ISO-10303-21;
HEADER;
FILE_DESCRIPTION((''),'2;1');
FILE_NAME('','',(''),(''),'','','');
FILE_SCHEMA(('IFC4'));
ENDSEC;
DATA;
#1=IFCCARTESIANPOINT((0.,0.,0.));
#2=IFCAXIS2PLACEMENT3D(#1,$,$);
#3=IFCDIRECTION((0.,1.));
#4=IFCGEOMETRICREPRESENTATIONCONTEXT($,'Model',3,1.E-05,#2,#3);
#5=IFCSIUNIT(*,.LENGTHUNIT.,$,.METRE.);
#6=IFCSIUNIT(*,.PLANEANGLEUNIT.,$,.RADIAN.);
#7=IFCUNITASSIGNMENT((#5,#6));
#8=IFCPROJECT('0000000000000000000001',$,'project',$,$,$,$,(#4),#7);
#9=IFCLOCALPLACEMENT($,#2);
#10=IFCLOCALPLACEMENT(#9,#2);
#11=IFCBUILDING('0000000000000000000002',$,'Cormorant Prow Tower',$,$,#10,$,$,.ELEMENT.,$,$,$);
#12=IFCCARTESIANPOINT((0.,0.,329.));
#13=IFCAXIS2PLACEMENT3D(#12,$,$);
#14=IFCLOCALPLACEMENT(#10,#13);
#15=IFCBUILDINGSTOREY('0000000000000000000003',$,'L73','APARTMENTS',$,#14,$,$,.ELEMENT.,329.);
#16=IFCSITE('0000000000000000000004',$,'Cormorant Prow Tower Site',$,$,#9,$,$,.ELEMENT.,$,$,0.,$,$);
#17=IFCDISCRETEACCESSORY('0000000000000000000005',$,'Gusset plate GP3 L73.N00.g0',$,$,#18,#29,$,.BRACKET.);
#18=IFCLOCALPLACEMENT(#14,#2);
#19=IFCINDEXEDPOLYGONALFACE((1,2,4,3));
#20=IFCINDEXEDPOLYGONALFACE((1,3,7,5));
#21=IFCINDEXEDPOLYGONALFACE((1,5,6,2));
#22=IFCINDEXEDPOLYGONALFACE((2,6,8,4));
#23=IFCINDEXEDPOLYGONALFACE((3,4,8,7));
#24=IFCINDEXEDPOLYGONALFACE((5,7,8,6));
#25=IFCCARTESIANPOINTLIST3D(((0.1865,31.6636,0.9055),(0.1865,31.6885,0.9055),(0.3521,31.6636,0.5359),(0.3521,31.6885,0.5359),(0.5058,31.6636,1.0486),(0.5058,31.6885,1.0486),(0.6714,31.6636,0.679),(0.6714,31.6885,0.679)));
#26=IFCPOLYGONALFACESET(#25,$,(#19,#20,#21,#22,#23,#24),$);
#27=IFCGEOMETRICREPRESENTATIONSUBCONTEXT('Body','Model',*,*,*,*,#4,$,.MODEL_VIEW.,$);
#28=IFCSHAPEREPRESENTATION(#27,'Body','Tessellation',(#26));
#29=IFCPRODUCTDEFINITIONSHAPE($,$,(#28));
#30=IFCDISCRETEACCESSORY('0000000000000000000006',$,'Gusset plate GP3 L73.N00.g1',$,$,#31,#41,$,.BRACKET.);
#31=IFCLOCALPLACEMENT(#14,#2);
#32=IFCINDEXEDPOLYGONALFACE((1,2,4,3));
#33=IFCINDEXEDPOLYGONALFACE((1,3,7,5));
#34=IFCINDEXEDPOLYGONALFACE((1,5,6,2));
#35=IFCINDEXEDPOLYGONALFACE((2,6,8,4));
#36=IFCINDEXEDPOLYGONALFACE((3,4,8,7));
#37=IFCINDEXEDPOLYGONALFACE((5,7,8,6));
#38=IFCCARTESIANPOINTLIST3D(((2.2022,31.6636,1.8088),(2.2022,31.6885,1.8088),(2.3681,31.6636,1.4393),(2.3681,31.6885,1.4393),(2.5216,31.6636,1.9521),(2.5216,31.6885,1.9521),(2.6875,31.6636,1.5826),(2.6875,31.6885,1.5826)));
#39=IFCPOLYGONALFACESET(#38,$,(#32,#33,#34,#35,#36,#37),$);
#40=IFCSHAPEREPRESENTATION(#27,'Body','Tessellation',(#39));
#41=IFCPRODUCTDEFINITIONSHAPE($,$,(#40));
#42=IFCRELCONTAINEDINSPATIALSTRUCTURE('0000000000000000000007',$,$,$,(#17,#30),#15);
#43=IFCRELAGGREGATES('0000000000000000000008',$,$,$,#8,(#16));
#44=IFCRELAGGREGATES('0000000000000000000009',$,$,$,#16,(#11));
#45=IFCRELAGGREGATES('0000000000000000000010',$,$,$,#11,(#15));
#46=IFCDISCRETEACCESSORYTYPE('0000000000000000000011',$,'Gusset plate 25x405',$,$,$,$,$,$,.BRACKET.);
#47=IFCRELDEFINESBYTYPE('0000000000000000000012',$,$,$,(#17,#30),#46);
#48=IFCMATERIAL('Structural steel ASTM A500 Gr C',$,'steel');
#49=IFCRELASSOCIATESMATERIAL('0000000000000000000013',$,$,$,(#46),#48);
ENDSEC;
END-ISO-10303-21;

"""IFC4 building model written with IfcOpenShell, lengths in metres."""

from ifc_helpers import new_model, si_unit, direction, frame, origin, origin_2d, place, context, subcontext, project, spatial, rectangle, extrude, material, material_profile, profile_set, type_object, element, save


model = new_model("IFC4")

# Units and contexts
model_context = context("Model", 3, precision=1e-05, world=origin(), true_north=direction((0.0, 1.0)))
body_context = subcontext(model_context, "Body", "Model", "MODEL_VIEW")
ifc_project = project(units=[si_unit("LENGTHUNIT", "METRE"), si_unit("PLANEANGLEUNIT", "RADIAN")], contexts=[model_context])

# Site, building, storey
site_placement = place(None, origin())
site = spatial("IfcSite", under=ifc_project, at=site_placement, Name="Cormorant Prow Tower Site", CompositionType="ELEMENT", RefElevation=0.0)
building_placement = place(site_placement, origin())
building = spatial("IfcBuilding", under=site, at=building_placement, Name="Cormorant Prow Tower", CompositionType="ELEMENT")
storey_placement = place(building_placement, frame((0.0, 0.0, 329.0)))
storey = spatial("IfcBuildingStorey", under=building, at=storey_placement, Name="L73", Description="APARTMENTS", CompositionType="ELEMENT", Elevation=329.0)

# Discrete accessories
ifc_material_1 = material(Name="Structural steel ASTM A500 Gr C", Category="steel")
ifc_material_profile_1 = material_profile(ifc_material_1, rectangle(XDim=0.0249, YDim=0.405, at=origin_2d()), Name="Gusset plate 25x405")
ifc_profile_set_1 = profile_set([ifc_material_profile_1], Name="Structural steel ASTM A500 Gr C")
discrete_accessory_type = type_object("IfcDiscreteAccessoryType", Name="Gusset plate 25x405", PredefinedType="BRACKET", material=ifc_profile_set_1)
discrete_accessory_1_placement = place(storey_placement, frame((0.5886, 31.676, 0.8638), z_axis=(-0.912599, 0.0, -0.408856), x_axis=(0.0, -1.0, 0.0)))
element("IfcDiscreteAccessory", 1, at=discrete_accessory_1_placement, inside=storey, type_object=discrete_accessory_type, Name="Gusset plate GP3 L73.N00.g0", PredefinedType="BRACKET", context=body_context, shape_type="SweptSolid", body=[
    extrude(rectangle(XDim=0.0249, YDim=0.405, at=origin_2d()), origin(), (0.0, 0.0, 1.0), 0.3499),
])
discrete_accessory_2_placement = place(storey_placement, frame((2.2852, 31.676, 1.624), z_axis=(0.912339, 0.0, 0.409436), x_axis=(0.0, 1.0, 0.0)))
element("IfcDiscreteAccessory", 2, at=discrete_accessory_2_placement, inside=storey, type_object=discrete_accessory_type, Name="Gusset plate GP3 L73.N00.g1", PredefinedType="BRACKET", context=body_context, shape_type="SweptSolid", body=[
    extrude(rectangle(XDim=0.0249, YDim=0.405, at=origin_2d()), origin(), (0.0, 0.0, 1.0), 0.3501),
])

save(model, "model.ifc")
